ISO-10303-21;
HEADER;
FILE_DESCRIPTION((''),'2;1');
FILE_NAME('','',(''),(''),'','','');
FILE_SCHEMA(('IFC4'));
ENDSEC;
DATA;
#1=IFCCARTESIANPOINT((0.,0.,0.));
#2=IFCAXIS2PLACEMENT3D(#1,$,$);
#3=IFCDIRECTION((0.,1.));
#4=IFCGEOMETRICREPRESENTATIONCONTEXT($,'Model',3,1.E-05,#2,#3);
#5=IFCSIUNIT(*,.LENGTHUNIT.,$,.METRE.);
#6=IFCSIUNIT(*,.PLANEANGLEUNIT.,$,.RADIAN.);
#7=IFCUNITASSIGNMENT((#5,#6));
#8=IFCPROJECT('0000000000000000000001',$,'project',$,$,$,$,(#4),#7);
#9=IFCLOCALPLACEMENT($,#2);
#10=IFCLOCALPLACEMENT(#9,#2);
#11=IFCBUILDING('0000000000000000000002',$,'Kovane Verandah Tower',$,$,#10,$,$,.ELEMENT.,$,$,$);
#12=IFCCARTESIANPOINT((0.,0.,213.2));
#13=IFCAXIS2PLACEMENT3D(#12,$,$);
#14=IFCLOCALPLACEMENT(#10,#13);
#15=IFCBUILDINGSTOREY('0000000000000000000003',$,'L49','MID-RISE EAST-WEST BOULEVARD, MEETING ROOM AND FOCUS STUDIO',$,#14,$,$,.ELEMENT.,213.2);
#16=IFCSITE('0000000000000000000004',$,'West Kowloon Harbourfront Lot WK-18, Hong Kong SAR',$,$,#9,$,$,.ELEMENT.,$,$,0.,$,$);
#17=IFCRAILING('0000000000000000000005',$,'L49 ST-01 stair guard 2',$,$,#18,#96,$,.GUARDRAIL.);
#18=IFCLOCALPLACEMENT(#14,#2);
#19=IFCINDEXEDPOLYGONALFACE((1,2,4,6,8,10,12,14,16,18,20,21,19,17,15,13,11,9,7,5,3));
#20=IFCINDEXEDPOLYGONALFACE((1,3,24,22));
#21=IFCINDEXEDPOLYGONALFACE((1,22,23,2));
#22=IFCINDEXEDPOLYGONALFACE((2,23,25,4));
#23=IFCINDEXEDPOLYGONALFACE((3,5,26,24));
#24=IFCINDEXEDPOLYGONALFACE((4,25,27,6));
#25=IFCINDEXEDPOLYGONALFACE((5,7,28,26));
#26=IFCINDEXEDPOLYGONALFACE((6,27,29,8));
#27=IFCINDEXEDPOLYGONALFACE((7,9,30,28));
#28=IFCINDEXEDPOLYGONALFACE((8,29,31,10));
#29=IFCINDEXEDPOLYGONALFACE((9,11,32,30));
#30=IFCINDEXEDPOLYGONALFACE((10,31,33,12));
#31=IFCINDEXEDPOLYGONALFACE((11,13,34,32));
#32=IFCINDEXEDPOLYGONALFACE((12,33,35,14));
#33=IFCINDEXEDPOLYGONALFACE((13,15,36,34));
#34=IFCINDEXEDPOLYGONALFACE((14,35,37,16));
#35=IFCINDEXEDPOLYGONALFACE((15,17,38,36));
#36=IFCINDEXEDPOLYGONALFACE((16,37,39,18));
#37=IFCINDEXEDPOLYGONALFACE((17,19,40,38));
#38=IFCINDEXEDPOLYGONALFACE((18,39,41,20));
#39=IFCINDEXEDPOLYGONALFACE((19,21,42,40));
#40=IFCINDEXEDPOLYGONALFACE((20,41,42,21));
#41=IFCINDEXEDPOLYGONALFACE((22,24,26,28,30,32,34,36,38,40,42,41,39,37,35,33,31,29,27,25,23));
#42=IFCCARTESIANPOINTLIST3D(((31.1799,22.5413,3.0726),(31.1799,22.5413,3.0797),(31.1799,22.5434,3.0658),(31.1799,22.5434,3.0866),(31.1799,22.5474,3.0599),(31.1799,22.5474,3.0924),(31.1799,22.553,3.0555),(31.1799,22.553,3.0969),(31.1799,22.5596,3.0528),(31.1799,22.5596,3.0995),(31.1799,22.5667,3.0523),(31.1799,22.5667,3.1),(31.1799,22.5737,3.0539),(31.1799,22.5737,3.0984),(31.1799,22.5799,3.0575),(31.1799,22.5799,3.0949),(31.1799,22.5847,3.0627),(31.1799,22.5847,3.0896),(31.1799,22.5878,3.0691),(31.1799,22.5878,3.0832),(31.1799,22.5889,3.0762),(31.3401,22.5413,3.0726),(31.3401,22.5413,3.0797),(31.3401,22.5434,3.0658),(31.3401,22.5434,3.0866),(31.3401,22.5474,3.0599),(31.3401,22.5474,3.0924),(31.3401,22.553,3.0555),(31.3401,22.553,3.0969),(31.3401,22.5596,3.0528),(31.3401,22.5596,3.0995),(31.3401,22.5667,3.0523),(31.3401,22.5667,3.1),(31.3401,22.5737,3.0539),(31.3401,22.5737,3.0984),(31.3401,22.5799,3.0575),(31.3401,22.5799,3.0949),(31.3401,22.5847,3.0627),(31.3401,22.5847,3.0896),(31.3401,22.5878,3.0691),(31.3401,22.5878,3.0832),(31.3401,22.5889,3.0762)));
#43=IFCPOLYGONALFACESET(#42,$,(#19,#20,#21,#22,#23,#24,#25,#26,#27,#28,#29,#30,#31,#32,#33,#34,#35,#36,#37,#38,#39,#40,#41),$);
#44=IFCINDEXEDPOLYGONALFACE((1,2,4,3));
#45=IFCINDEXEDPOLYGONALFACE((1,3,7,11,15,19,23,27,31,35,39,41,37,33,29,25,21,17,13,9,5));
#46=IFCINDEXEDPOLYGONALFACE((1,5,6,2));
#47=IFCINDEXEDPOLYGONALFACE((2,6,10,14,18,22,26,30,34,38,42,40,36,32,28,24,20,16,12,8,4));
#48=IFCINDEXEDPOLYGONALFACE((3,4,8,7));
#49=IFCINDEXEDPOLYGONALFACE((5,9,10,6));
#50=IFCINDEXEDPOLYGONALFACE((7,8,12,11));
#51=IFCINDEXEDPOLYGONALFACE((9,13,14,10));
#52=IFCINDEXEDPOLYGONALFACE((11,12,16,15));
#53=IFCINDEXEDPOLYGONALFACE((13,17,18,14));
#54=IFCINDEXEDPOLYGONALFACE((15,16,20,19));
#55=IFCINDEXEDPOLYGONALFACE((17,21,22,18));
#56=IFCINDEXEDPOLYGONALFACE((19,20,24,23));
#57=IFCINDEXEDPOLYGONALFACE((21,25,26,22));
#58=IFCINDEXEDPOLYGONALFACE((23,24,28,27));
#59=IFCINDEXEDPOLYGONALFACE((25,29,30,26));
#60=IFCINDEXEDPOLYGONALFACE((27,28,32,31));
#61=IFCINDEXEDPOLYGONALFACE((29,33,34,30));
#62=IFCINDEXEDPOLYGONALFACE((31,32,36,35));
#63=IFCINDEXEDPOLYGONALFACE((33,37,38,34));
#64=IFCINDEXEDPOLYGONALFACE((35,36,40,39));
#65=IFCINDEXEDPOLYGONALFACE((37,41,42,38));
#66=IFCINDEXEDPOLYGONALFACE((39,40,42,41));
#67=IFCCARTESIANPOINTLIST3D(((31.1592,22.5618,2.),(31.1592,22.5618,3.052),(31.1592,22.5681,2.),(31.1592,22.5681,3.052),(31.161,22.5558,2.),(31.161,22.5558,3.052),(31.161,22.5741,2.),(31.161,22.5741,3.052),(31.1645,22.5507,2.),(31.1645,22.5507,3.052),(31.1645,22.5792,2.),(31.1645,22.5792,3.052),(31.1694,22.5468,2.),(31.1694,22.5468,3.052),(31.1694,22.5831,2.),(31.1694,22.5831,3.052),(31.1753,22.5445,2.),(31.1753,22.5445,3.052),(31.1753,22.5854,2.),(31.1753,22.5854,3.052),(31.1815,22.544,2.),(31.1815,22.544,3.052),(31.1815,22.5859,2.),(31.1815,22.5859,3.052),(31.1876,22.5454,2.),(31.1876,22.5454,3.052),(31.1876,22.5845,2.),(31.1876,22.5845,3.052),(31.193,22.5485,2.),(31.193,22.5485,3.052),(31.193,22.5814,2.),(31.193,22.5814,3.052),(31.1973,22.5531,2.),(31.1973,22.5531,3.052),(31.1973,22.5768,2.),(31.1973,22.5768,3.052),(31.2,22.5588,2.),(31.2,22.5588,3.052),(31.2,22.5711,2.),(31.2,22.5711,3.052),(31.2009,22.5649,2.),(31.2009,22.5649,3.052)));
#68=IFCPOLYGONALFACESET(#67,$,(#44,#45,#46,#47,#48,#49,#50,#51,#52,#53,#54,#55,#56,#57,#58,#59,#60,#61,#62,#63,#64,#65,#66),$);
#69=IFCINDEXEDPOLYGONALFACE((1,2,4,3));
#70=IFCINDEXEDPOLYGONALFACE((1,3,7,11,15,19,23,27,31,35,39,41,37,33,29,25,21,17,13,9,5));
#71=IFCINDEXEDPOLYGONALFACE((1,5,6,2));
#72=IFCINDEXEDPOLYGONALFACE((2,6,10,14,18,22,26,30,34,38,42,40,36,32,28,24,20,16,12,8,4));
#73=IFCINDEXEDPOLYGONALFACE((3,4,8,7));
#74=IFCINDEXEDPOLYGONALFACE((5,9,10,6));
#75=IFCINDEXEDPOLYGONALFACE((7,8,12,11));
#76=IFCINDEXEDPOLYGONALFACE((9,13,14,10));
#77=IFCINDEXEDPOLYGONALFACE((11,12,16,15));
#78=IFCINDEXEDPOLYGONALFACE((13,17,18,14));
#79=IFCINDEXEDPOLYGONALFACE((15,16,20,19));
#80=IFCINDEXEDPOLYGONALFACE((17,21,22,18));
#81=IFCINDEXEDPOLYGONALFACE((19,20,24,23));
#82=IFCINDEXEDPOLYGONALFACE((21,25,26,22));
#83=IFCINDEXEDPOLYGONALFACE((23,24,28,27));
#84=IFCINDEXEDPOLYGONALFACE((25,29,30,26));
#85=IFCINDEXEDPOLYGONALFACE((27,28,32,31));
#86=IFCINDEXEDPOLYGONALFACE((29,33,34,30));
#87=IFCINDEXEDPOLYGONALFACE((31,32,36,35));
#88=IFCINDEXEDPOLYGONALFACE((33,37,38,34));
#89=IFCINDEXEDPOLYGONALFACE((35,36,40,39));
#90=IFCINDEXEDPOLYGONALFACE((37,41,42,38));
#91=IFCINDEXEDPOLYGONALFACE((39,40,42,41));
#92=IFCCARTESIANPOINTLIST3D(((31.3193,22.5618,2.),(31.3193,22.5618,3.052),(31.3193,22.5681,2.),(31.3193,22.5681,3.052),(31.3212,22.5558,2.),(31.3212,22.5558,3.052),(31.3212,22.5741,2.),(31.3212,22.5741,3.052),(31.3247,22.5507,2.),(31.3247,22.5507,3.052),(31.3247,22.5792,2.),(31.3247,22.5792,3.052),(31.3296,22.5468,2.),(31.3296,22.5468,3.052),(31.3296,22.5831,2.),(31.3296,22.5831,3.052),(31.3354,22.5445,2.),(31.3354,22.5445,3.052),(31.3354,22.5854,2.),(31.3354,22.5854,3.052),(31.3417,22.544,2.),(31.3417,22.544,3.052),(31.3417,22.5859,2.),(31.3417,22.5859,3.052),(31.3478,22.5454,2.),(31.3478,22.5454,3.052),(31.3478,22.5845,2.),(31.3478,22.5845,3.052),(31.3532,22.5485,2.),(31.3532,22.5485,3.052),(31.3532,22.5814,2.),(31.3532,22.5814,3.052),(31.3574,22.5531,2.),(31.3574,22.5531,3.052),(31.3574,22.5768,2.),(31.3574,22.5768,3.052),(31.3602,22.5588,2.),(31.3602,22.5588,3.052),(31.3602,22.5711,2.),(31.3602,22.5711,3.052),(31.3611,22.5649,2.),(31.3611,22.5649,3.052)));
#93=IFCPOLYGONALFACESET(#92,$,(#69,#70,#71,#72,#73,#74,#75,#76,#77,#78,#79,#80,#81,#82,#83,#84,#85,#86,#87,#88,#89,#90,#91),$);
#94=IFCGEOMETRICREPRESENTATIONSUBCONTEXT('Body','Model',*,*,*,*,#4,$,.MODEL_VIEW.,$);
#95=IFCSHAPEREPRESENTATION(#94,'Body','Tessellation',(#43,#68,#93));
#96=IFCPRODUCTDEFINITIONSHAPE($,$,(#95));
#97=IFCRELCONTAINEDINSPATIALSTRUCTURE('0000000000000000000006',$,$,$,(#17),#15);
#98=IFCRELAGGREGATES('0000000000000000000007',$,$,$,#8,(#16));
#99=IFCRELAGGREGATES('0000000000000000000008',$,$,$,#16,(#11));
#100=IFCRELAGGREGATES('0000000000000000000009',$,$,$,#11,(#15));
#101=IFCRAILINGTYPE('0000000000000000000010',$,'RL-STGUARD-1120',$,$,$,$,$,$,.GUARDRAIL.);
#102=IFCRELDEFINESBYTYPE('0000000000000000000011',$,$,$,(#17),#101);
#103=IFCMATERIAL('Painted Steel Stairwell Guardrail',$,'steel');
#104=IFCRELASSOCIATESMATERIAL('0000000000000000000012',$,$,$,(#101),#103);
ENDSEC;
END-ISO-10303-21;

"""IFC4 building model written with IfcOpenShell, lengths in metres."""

from ifc_helpers import new_model, si_unit, direction, frame, origin, origin_2d, place, context, subcontext, project, spatial, circle, extrude, material, type_object, element, save


model = new_model("IFC4")

# Units and contexts
model_context = context("Model", 3, precision=1e-05, world=origin(), true_north=direction((0.0, 1.0)))
body_context = subcontext(model_context, "Body", "Model", "MODEL_VIEW")
ifc_project = project(units=[si_unit("LENGTHUNIT", "METRE"), si_unit("PLANEANGLEUNIT", "RADIAN")], contexts=[model_context])

# Site, building, storey
site_placement = place(None, origin())
site = spatial("IfcSite", under=ifc_project, at=site_placement, Name="West Kowloon Harbourfront Lot WK-18, Hong Kong SAR", CompositionType="ELEMENT", RefElevation=0.0)
building_placement = place(site_placement, origin())
building = spatial("IfcBuilding", under=site, at=building_placement, Name="Kovane Verandah Tower", CompositionType="ELEMENT")
storey_placement = place(building_placement, frame((0.0, 0.0, 213.2)))
storey = spatial("IfcBuildingStorey", under=building, at=storey_placement, Name="L49", Description="MID-RISE EAST-WEST BOULEVARD, MEETING ROOM AND FOCUS STUDIO", CompositionType="ELEMENT", Elevation=213.2)

# Railing
ifc_material_1 = material(Name="Painted Steel Stairwell Guardrail", Category="steel")
railing_type_1 = type_object("IfcRailingType", Name="RL-STGUARD-1120", PredefinedType="GUARDRAIL", material=ifc_material_1)
railing_1_placement = place(storey_placement, frame((31.1799, 22.5649, 2.0)))
element("IfcRailing", 1, at=railing_1_placement, inside=storey, type_object=railing_type_1, Name="L49 ST-01 stair guard 2", PredefinedType="GUARDRAIL", context=body_context, shape_type="SweptSolid", body=[
    extrude(circle(Radius=0.0239, at=origin_2d()), frame((0.0, 0.0, 1.0762), z_axis=(1.0, 0.0, 0.0), x_axis=(0.0, 1.0, 0.0)), (0.0, 0.0, 1.0), 0.1602),
    extrude(circle(Radius=0.021, at=origin_2d()), origin(), (0.0, 0.0, 1.0), 1.052),
    extrude(circle(Radius=0.021, at=origin_2d()), frame((0.1602, 0.0, 0.0)), (0.0, 0.0, 1.0), 1.052),
])

save(model, "model.ifc")
